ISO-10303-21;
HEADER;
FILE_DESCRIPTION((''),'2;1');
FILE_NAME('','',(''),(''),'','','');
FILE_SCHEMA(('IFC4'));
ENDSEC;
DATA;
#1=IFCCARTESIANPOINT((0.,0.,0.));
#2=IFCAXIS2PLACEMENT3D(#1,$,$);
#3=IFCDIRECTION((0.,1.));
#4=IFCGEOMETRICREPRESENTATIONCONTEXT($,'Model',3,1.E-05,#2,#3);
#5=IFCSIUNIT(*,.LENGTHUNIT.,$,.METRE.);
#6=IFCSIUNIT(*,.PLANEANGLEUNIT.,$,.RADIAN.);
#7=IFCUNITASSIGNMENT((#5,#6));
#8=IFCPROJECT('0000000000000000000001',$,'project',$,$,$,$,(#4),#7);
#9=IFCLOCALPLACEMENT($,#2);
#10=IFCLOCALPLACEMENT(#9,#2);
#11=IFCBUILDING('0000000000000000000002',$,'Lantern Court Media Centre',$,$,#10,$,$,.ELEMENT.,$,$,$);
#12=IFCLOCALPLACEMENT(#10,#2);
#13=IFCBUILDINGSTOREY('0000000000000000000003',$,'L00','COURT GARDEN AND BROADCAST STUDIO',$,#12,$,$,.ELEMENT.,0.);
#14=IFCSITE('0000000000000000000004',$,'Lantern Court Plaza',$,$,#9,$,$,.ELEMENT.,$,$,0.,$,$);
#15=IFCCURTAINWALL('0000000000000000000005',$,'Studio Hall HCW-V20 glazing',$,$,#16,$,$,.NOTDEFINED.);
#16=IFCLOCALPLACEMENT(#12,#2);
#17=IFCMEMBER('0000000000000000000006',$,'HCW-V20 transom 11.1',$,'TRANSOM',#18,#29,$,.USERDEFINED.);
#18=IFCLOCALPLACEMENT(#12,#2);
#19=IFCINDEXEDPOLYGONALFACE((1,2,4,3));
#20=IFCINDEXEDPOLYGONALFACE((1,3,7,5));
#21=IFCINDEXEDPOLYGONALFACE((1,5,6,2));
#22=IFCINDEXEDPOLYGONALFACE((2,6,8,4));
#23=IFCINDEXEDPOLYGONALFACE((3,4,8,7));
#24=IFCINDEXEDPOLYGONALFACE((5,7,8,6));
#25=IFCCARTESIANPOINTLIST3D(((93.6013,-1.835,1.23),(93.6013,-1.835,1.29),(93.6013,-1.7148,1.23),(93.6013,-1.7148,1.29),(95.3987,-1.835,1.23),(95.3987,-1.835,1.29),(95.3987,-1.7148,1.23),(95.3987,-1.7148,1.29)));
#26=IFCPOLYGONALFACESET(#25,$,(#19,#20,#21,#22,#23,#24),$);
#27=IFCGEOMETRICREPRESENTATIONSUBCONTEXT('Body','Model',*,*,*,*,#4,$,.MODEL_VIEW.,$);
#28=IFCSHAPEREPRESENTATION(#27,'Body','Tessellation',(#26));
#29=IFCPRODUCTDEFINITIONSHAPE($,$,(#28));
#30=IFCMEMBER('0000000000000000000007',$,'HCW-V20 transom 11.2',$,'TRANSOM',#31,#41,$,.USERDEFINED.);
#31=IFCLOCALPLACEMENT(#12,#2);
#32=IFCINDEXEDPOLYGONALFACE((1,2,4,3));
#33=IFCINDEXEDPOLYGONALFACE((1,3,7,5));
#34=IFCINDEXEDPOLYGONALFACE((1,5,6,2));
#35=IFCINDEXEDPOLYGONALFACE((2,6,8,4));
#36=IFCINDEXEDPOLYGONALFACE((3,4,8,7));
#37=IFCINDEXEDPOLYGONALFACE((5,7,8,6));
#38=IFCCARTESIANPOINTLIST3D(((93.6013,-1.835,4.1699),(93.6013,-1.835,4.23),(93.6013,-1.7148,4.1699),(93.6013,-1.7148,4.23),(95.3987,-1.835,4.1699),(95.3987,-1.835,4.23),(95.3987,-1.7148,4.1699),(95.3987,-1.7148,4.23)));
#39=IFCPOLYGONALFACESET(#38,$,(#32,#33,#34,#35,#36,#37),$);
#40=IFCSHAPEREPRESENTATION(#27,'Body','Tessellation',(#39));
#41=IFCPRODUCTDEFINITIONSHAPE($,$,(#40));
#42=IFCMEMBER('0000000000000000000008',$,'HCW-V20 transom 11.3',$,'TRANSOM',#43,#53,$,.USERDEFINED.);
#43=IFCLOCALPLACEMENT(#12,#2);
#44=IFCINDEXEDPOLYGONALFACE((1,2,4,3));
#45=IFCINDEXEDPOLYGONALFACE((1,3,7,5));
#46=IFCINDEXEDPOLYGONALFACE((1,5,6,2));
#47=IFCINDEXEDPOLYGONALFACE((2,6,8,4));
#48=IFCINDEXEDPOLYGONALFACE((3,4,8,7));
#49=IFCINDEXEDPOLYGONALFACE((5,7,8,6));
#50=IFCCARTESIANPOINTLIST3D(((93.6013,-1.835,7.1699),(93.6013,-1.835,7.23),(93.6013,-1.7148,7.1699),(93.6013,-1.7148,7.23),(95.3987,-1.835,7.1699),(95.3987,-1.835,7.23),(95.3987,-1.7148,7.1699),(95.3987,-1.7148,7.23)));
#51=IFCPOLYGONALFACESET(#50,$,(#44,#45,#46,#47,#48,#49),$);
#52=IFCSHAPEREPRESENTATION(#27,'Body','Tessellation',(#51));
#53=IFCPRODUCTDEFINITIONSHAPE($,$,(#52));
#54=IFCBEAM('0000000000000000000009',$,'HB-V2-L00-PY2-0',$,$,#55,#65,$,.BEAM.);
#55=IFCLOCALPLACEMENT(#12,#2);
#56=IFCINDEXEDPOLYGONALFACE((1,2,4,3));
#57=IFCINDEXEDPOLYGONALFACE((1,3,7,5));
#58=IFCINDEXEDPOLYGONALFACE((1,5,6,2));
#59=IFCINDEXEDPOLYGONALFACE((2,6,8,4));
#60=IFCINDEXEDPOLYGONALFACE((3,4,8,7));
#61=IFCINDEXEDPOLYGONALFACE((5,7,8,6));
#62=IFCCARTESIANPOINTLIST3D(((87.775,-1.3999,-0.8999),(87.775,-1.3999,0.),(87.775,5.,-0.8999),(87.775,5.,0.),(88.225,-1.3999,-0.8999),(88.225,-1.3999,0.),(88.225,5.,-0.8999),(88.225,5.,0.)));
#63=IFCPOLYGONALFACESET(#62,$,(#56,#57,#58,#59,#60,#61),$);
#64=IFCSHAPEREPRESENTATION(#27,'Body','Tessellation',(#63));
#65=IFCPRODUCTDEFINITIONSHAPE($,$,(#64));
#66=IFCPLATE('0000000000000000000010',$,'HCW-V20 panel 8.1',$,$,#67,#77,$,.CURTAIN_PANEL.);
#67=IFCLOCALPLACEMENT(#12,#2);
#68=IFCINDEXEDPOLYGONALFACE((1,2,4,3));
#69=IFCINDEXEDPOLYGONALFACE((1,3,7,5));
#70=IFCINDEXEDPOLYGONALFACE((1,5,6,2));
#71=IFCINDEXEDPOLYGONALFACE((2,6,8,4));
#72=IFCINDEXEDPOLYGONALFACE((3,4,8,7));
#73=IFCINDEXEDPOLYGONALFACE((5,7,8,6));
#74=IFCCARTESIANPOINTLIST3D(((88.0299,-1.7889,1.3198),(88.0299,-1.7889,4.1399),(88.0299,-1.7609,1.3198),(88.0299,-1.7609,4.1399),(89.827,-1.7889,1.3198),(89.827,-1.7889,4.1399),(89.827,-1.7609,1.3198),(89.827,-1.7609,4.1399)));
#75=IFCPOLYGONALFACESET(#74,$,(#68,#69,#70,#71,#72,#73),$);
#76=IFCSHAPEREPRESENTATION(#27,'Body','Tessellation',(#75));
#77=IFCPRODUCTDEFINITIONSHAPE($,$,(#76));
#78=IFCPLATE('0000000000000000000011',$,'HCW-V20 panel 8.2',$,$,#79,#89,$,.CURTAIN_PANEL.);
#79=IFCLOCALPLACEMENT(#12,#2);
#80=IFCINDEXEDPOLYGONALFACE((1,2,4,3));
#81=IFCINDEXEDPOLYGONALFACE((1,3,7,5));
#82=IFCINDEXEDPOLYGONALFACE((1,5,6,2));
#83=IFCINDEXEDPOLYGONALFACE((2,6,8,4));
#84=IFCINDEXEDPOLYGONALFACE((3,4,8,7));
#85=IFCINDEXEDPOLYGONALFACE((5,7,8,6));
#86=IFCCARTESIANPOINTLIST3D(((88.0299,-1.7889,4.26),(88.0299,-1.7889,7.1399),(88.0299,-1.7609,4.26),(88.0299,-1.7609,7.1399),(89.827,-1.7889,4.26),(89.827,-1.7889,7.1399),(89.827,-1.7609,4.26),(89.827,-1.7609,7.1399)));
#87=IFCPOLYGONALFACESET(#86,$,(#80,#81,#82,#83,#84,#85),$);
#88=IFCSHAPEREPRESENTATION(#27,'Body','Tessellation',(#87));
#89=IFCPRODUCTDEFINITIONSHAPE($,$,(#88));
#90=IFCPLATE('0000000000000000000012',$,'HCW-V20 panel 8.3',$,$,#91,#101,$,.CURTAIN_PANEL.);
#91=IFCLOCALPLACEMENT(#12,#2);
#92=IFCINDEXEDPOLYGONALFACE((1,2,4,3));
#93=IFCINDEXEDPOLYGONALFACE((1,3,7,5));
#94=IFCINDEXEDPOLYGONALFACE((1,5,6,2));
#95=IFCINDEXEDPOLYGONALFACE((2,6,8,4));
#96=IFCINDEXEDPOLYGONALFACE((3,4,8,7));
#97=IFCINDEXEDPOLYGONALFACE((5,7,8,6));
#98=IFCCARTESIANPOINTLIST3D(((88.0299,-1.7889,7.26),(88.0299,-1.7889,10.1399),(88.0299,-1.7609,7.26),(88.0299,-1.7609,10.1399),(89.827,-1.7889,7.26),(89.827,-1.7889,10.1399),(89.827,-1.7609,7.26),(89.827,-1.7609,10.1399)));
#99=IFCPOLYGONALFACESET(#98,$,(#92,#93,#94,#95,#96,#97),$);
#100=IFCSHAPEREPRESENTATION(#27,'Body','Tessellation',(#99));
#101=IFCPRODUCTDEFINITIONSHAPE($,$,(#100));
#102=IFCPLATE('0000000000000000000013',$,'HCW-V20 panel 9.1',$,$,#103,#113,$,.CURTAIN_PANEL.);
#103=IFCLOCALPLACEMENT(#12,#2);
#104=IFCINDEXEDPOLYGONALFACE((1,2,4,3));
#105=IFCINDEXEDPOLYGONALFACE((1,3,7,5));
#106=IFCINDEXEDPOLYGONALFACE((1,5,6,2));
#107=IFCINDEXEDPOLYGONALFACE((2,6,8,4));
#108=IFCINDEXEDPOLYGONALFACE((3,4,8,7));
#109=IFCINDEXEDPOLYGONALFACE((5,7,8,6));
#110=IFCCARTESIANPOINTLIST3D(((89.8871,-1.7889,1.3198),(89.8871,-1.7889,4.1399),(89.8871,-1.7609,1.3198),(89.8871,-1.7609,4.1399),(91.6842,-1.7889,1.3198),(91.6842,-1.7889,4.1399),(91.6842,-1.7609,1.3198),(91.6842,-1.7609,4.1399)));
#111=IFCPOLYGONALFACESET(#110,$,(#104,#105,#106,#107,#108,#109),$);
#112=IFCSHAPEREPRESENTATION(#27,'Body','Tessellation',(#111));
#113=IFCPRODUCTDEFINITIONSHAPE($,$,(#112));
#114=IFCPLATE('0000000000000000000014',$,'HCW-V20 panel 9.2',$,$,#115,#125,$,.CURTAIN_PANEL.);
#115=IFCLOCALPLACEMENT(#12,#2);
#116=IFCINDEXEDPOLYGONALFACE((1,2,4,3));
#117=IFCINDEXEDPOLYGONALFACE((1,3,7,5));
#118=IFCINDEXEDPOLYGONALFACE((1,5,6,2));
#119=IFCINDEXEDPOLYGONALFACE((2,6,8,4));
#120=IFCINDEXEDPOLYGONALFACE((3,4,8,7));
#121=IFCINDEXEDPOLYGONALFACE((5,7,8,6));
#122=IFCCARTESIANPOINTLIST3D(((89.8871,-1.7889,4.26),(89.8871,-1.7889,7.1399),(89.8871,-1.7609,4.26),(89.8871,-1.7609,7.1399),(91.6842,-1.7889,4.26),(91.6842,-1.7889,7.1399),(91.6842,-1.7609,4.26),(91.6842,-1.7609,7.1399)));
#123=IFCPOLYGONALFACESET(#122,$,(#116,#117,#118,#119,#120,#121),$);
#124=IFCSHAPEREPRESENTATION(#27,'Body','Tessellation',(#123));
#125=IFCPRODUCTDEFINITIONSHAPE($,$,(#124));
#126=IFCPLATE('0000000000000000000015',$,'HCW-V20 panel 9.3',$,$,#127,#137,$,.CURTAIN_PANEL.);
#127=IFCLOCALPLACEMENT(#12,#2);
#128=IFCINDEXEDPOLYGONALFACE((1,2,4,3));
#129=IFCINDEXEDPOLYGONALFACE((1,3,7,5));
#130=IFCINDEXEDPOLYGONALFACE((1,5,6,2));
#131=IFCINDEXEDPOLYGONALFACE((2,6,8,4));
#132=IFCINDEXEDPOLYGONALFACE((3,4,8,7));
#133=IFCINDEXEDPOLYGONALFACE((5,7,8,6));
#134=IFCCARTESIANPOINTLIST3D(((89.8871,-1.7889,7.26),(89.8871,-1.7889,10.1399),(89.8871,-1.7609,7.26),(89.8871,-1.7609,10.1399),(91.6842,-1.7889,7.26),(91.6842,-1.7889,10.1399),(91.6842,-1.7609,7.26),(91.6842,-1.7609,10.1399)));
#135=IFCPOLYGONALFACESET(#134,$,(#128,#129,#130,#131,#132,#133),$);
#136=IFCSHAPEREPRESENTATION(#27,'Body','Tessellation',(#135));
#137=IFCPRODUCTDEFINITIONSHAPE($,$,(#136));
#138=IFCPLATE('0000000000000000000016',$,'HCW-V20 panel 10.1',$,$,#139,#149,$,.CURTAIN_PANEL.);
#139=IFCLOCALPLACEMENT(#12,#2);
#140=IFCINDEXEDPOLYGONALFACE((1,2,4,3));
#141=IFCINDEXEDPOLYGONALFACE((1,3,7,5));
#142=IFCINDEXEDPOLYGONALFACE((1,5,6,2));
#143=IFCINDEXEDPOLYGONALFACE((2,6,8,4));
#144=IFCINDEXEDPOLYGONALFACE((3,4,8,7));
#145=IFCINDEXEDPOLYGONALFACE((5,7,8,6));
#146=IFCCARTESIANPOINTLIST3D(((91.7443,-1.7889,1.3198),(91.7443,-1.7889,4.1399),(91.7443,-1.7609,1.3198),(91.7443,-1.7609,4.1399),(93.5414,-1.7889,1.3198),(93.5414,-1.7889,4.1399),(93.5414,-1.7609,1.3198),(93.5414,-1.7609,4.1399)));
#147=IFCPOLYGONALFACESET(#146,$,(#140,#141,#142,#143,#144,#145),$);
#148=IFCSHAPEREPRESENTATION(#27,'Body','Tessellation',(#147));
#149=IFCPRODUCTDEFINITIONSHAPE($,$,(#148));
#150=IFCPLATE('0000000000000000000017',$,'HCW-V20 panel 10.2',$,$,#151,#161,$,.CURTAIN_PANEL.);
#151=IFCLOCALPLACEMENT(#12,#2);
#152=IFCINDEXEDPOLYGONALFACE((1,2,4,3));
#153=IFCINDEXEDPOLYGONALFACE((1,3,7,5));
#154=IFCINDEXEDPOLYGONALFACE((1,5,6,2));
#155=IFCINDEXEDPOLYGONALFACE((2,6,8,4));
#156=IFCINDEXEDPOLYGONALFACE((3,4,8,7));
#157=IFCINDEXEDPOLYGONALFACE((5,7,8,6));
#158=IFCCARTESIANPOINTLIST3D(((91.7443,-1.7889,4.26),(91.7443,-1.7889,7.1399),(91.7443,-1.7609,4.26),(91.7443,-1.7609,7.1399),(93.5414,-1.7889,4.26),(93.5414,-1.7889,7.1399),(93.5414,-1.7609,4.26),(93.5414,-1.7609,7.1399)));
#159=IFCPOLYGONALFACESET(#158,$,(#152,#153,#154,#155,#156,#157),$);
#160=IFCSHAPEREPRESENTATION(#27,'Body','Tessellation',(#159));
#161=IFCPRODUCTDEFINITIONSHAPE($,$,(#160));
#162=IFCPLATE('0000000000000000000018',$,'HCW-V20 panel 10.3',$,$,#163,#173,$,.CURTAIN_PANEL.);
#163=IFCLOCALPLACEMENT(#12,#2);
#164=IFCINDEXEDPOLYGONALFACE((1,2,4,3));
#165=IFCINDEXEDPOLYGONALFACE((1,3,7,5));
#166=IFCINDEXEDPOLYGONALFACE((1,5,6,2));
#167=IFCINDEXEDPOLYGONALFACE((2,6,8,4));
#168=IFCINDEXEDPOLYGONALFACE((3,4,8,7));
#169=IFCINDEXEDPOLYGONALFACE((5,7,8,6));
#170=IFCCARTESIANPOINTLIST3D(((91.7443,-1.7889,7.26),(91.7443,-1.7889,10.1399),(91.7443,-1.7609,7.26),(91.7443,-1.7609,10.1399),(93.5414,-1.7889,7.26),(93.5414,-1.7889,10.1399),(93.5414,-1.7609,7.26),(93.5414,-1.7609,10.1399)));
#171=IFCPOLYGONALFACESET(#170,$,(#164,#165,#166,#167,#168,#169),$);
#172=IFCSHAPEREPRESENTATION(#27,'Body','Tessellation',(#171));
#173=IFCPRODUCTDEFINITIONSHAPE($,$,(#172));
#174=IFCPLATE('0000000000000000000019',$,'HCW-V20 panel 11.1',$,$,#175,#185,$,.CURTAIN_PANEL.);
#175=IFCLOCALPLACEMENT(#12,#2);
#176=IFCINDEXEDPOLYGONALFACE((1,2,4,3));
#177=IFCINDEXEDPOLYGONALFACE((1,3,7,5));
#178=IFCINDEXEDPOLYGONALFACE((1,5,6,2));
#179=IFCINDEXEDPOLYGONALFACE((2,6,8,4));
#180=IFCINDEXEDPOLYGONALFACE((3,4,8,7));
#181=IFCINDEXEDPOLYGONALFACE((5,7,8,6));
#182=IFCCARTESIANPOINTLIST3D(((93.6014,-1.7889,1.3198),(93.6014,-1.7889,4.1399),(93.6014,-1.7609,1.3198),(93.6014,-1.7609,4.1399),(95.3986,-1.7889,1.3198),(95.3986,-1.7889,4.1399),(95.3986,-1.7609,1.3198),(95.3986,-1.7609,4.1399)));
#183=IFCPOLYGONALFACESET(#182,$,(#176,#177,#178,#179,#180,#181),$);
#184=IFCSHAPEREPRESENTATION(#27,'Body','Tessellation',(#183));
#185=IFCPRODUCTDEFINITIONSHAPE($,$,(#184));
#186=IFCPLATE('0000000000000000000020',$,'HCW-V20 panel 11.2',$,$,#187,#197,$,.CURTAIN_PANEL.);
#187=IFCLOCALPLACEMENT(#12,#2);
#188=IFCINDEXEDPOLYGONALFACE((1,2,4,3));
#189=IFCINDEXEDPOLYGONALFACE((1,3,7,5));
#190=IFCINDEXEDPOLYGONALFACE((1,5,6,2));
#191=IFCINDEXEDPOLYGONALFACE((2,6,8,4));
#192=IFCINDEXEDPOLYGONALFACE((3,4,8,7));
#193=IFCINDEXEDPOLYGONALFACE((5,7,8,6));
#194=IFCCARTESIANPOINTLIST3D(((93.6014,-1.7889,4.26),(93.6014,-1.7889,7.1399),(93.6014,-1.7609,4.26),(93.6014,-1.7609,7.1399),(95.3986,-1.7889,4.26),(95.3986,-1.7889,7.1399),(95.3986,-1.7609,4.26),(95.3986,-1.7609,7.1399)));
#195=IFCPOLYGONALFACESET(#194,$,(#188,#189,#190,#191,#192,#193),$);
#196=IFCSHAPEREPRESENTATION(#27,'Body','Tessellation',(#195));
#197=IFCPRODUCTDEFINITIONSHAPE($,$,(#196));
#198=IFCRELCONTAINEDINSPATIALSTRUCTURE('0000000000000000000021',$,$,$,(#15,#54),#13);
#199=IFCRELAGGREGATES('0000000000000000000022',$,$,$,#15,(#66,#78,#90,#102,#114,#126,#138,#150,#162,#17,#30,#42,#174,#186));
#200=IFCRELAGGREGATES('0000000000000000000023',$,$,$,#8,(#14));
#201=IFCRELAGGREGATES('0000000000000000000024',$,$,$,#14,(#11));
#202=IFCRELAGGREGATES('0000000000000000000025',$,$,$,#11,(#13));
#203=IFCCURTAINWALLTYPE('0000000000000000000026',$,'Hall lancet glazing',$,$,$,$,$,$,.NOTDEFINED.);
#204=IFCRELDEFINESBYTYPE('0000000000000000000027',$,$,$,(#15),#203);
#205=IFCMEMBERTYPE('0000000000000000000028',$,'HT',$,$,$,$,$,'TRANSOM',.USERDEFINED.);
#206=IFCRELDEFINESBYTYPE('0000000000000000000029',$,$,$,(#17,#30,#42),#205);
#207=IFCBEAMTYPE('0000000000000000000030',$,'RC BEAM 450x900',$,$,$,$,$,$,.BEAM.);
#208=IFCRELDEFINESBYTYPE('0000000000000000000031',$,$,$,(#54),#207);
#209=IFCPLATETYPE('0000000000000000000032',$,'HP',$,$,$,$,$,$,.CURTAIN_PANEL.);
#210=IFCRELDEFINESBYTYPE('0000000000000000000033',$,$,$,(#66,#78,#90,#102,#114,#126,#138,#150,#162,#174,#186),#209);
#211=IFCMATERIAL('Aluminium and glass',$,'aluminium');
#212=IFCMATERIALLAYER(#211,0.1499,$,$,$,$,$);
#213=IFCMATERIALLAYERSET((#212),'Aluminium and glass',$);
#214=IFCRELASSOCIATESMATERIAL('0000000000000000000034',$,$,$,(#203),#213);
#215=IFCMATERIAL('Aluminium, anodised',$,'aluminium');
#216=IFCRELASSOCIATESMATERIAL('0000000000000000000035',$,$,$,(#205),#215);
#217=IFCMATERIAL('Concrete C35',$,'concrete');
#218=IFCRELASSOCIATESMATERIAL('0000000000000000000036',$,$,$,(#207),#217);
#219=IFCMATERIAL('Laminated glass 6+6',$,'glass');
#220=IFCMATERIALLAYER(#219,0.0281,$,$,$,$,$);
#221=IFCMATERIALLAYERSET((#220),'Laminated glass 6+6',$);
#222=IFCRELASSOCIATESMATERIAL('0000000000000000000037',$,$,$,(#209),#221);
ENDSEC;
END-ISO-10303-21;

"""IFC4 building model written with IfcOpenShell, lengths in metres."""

from ifc_helpers import new_model, si_unit, direction, frame, origin, origin_2d, place, context, subcontext, project, spatial, rectangle, extrude, material, layer, layer_set, material_profile, profile_set, type_object, element, aggregate, save


model = new_model("IFC4")

# Units and contexts
model_context = context("Model", 3, precision=1e-05, world=origin(), true_north=direction((0.0, 1.0)))
body_context = subcontext(model_context, "Body", "Model", "MODEL_VIEW")
ifc_project = project(units=[si_unit("LENGTHUNIT", "METRE"), si_unit("PLANEANGLEUNIT", "RADIAN")], contexts=[model_context])

# Site, building, storey
site_placement = place(None, origin())
site = spatial("IfcSite", under=ifc_project, at=site_placement, Name="Lantern Court Plaza", CompositionType="ELEMENT", RefElevation=0.0)
building_placement = place(site_placement, origin())
building = spatial("IfcBuilding", under=site, at=building_placement, Name="Lantern Court Media Centre", CompositionType="ELEMENT")
storey_placement = place(building_placement, origin())
storey = spatial("IfcBuildingStorey", under=building, at=storey_placement, Name="L00", Description="COURT GARDEN AND BROADCAST STUDIO", CompositionType="ELEMENT", Elevation=0.0)

# Shared definitions
ifc_material_1 = material(Name="Concrete C35", Category="concrete")

# Curtain wall, members
ifc_material_2 = material(Name="Aluminium and glass", Category="aluminium")
ifc_layer_1 = layer(ifc_material_2, 0.1499)
ifc_layer_set_1 = layer_set([ifc_layer_1], Name="Aluminium and glass")
curtain_wall_type = type_object("IfcCurtainWallType", Name="Hall lancet glazing", PredefinedType="NOTDEFINED", material=ifc_layer_set_1)
curtain_wall_placement = place(storey_placement, origin())
curtain_wall = element("IfcCurtainWall", 1, at=curtain_wall_placement, inside=storey, type_object=curtain_wall_type, Name="Studio Hall HCW-V20 glazing", PredefinedType="NOTDEFINED")
ifc_material_3 = material(Name="Aluminium, anodised", Category="aluminium")
ifc_material_profile_1 = material_profile(ifc_material_3, rectangle(XDim=0.1201, YDim=0.0601, at=origin_2d()), Name="HT")
ifc_profile_set_1 = profile_set([ifc_material_profile_1], Name="Aluminium, anodised")
member_type_1 = type_object("IfcMemberType", Name="HT", ElementType="TRANSOM", PredefinedType="USERDEFINED", material=ifc_profile_set_1)
member_1_placement = place(storey_placement, frame((93.6013, -1.7749, 1.26), z_axis=(1.0, 0.0, 0.0), x_axis=(0.0, 1.0, 0.0)))
member_1 = element("IfcMember", 2, at=member_1_placement, type_object=member_type_1, Name="HCW-V20 transom 11.1", ObjectType="TRANSOM", PredefinedType="USERDEFINED", context=body_context, shape_type="SweptSolid", body=[
    extrude(rectangle(XDim=0.1201, YDim=0.0601, at=origin_2d()), origin(), (0.0, 0.0, 1.0), 1.7974),
])
member_2_placement = place(storey_placement, frame((93.6013, -1.7749, 4.2), z_axis=(1.0, 0.0, 0.0), x_axis=(0.0, 1.0, 0.0)))
member_2 = element("IfcMember", 3, at=member_2_placement, type_object=member_type_1, Name="HCW-V20 transom 11.2", ObjectType="TRANSOM", PredefinedType="USERDEFINED", context=body_context, shape_type="SweptSolid", body=[
    extrude(rectangle(XDim=0.1201, YDim=0.0601, at=origin_2d()), origin(), (0.0, 0.0, 1.0), 1.7974),
])
member_3_placement = place(storey_placement, frame((93.6013, -1.7749, 7.2), z_axis=(1.0, 0.0, 0.0), x_axis=(0.0, 1.0, 0.0)))
member_3 = element("IfcMember", 4, at=member_3_placement, type_object=member_type_1, Name="HCW-V20 transom 11.3", ObjectType="TRANSOM", PredefinedType="USERDEFINED", context=body_context, shape_type="SweptSolid", body=[
    extrude(rectangle(XDim=0.1201, YDim=0.0601, at=origin_2d()), origin(), (0.0, 0.0, 1.0), 1.7974),
])

# Beam
ifc_material_profile_2 = material_profile(ifc_material_1, rectangle(XDim=0.45, YDim=0.8999, at=origin_2d()), Name="RC 450x900")
ifc_profile_set_2 = profile_set([ifc_material_profile_2], Name="Concrete C35")
beam_type = type_object("IfcBeamType", Name="RC BEAM 450x900", PredefinedType="BEAM", material=ifc_profile_set_2)
beam_placement = place(storey_placement, frame((88.0, -1.3999, -0.45), z_axis=(0.0, 1.0, 0.0), x_axis=(-1.0, 0.0, 0.0)))
element("IfcBeam", 5, at=beam_placement, inside=storey, type_object=beam_type, Name="HB-V2-L00-PY2-0", PredefinedType="BEAM", context=body_context, shape_type="SweptSolid", body=[
    extrude(rectangle(XDim=0.45, YDim=0.8999, at=origin_2d()), origin(), (0.0, 0.0, 1.0), 6.3999),
])

# Plates
ifc_material_4 = material(Name="Laminated glass 6+6", Category="glass")
ifc_layer_2 = layer(ifc_material_4, 0.0281)
ifc_layer_set_2 = layer_set([ifc_layer_2], Name="Laminated glass 6+6")
plate_type = type_object("IfcPlateType", Name="HP", PredefinedType="CURTAIN_PANEL", material=ifc_layer_set_2)
plate_1_placement = place(storey_placement, frame((88.9285, -1.7749, 1.3198), z_axis=(0.0, 0.0, 1.0), x_axis=(1.0, 0.0, 0.0)))
plate_1 = element("IfcPlate", 6, at=plate_1_placement, type_object=plate_type, Name="HCW-V20 panel 8.1", PredefinedType="CURTAIN_PANEL", context=body_context, shape_type="SweptSolid", body=[
    extrude(rectangle(XDim=1.7971, YDim=0.0281, at=origin_2d()), origin(), (0.0, 0.0, 1.0), 2.8201),
])
plate_2_placement = place(storey_placement, frame((88.9285, -1.7749, 4.26), z_axis=(0.0, 0.0, 1.0), x_axis=(1.0, 0.0, 0.0)))
plate_2 = element("IfcPlate", 7, at=plate_2_placement, type_object=plate_type, Name="HCW-V20 panel 8.2", PredefinedType="CURTAIN_PANEL", context=body_context, shape_type="SweptSolid", body=[
    extrude(rectangle(XDim=1.7971, YDim=0.0281, at=origin_2d()), origin(), (0.0, 0.0, 1.0), 2.8799),
])
plate_3_placement = place(storey_placement, frame((88.9285, -1.7749, 7.26), z_axis=(0.0, 0.0, 1.0), x_axis=(1.0, 0.0, 0.0)))
plate_3 = element("IfcPlate", 8, at=plate_3_placement, type_object=plate_type, Name="HCW-V20 panel 8.3", PredefinedType="CURTAIN_PANEL", context=body_context, shape_type="SweptSolid", body=[
    extrude(rectangle(XDim=1.7971, YDim=0.0281, at=origin_2d()), origin(), (0.0, 0.0, 1.0), 2.8799),
])
plate_4_placement = place(storey_placement, frame((90.7856, -1.7749, 1.3198), z_axis=(0.0, 0.0, 1.0), x_axis=(1.0, 0.0, 0.0)))
plate_4 = element("IfcPlate", 9, at=plate_4_placement, type_object=plate_type, Name="HCW-V20 panel 9.1", PredefinedType="CURTAIN_PANEL", context=body_context, shape_type="SweptSolid", body=[
    extrude(rectangle(XDim=1.7971, YDim=0.0281, at=origin_2d()), origin(), (0.0, 0.0, 1.0), 2.8201),
])
plate_5_placement = place(storey_placement, frame((90.7856, -1.7749, 4.26), z_axis=(0.0, 0.0, 1.0), x_axis=(1.0, 0.0, 0.0)))
plate_5 = element("IfcPlate", 10, at=plate_5_placement, type_object=plate_type, Name="HCW-V20 panel 9.2", PredefinedType="CURTAIN_PANEL", context=body_context, shape_type="SweptSolid", body=[
    extrude(rectangle(XDim=1.7971, YDim=0.0281, at=origin_2d()), origin(), (0.0, 0.0, 1.0), 2.8799),
])
plate_6_placement = place(storey_placement, frame((90.7856, -1.7749, 7.26), z_axis=(0.0, 0.0, 1.0), x_axis=(1.0, 0.0, 0.0)))
plate_6 = element("IfcPlate", 11, at=plate_6_placement, type_object=plate_type, Name="HCW-V20 panel 9.3", PredefinedType="CURTAIN_PANEL", context=body_context, shape_type="SweptSolid", body=[
    extrude(rectangle(XDim=1.7971, YDim=0.0281, at=origin_2d()), origin(), (0.0, 0.0, 1.0), 2.8799),
])
plate_7_placement = place(storey_placement, frame((92.6428, -1.7749, 1.3198), z_axis=(0.0, 0.0, 1.0), x_axis=(1.0, 0.0, 0.0)))
plate_7 = element("IfcPlate", 12, at=plate_7_placement, type_object=plate_type, Name="HCW-V20 panel 10.1", PredefinedType="CURTAIN_PANEL", context=body_context, shape_type="SweptSolid", body=[
    extrude(rectangle(XDim=1.7971, YDim=0.0281, at=origin_2d()), origin(), (0.0, 0.0, 1.0), 2.8201),
])
plate_8_placement = place(storey_placement, frame((92.6428, -1.7749, 4.26), z_axis=(0.0, 0.0, 1.0), x_axis=(1.0, 0.0, 0.0)))
plate_8 = element("IfcPlate", 13, at=plate_8_placement, type_object=plate_type, Name="HCW-V20 panel 10.2", PredefinedType="CURTAIN_PANEL", context=body_context, shape_type="SweptSolid", body=[
    extrude(rectangle(XDim=1.7971, YDim=0.0281, at=origin_2d()), origin(), (0.0, 0.0, 1.0), 2.8799),
])
plate_9_placement = place(storey_placement, frame((92.6428, -1.7749, 7.26), z_axis=(0.0, 0.0, 1.0), x_axis=(1.0, 0.0, 0.0)))
plate_9 = element("IfcPlate", 14, at=plate_9_placement, type_object=plate_type, Name="HCW-V20 panel 10.3", PredefinedType="CURTAIN_PANEL", context=body_context, shape_type="SweptSolid", body=[
    extrude(rectangle(XDim=1.7971, YDim=0.0281, at=origin_2d()), origin(), (0.0, 0.0, 1.0), 2.8799),
])
plate_10_placement = place(storey_placement, frame((94.5, -1.7749, 1.3198), z_axis=(0.0, 0.0, 1.0), x_axis=(1.0, 0.0, 0.0)))
plate_10 = element("IfcPlate", 15, at=plate_10_placement, type_object=plate_type, Name="HCW-V20 panel 11.1", PredefinedType="CURTAIN_PANEL", context=body_context, shape_type="SweptSolid", body=[
    extrude(rectangle(XDim=1.7971, YDim=0.0281, at=origin_2d()), origin(), (0.0, 0.0, 1.0), 2.8201),
])
plate_11_placement = place(storey_placement, frame((94.5, -1.7749, 4.26), z_axis=(0.0, 0.0, 1.0), x_axis=(1.0, 0.0, 0.0)))
plate_11 = element("IfcPlate", 16, at=plate_11_placement, type_object=plate_type, Name="HCW-V20 panel 11.2", PredefinedType="CURTAIN_PANEL", context=body_context, shape_type="SweptSolid", body=[
    extrude(rectangle(XDim=1.7971, YDim=0.0281, at=origin_2d()), origin(), (0.0, 0.0, 1.0), 2.8799),
])
aggregate(curtain_wall, [plate_1, plate_2, plate_3, plate_4, plate_5, plate_6, plate_7, plate_8, plate_9, member_1, member_2, member_3, plate_10, plate_11])

save(model, "model.ifc")
